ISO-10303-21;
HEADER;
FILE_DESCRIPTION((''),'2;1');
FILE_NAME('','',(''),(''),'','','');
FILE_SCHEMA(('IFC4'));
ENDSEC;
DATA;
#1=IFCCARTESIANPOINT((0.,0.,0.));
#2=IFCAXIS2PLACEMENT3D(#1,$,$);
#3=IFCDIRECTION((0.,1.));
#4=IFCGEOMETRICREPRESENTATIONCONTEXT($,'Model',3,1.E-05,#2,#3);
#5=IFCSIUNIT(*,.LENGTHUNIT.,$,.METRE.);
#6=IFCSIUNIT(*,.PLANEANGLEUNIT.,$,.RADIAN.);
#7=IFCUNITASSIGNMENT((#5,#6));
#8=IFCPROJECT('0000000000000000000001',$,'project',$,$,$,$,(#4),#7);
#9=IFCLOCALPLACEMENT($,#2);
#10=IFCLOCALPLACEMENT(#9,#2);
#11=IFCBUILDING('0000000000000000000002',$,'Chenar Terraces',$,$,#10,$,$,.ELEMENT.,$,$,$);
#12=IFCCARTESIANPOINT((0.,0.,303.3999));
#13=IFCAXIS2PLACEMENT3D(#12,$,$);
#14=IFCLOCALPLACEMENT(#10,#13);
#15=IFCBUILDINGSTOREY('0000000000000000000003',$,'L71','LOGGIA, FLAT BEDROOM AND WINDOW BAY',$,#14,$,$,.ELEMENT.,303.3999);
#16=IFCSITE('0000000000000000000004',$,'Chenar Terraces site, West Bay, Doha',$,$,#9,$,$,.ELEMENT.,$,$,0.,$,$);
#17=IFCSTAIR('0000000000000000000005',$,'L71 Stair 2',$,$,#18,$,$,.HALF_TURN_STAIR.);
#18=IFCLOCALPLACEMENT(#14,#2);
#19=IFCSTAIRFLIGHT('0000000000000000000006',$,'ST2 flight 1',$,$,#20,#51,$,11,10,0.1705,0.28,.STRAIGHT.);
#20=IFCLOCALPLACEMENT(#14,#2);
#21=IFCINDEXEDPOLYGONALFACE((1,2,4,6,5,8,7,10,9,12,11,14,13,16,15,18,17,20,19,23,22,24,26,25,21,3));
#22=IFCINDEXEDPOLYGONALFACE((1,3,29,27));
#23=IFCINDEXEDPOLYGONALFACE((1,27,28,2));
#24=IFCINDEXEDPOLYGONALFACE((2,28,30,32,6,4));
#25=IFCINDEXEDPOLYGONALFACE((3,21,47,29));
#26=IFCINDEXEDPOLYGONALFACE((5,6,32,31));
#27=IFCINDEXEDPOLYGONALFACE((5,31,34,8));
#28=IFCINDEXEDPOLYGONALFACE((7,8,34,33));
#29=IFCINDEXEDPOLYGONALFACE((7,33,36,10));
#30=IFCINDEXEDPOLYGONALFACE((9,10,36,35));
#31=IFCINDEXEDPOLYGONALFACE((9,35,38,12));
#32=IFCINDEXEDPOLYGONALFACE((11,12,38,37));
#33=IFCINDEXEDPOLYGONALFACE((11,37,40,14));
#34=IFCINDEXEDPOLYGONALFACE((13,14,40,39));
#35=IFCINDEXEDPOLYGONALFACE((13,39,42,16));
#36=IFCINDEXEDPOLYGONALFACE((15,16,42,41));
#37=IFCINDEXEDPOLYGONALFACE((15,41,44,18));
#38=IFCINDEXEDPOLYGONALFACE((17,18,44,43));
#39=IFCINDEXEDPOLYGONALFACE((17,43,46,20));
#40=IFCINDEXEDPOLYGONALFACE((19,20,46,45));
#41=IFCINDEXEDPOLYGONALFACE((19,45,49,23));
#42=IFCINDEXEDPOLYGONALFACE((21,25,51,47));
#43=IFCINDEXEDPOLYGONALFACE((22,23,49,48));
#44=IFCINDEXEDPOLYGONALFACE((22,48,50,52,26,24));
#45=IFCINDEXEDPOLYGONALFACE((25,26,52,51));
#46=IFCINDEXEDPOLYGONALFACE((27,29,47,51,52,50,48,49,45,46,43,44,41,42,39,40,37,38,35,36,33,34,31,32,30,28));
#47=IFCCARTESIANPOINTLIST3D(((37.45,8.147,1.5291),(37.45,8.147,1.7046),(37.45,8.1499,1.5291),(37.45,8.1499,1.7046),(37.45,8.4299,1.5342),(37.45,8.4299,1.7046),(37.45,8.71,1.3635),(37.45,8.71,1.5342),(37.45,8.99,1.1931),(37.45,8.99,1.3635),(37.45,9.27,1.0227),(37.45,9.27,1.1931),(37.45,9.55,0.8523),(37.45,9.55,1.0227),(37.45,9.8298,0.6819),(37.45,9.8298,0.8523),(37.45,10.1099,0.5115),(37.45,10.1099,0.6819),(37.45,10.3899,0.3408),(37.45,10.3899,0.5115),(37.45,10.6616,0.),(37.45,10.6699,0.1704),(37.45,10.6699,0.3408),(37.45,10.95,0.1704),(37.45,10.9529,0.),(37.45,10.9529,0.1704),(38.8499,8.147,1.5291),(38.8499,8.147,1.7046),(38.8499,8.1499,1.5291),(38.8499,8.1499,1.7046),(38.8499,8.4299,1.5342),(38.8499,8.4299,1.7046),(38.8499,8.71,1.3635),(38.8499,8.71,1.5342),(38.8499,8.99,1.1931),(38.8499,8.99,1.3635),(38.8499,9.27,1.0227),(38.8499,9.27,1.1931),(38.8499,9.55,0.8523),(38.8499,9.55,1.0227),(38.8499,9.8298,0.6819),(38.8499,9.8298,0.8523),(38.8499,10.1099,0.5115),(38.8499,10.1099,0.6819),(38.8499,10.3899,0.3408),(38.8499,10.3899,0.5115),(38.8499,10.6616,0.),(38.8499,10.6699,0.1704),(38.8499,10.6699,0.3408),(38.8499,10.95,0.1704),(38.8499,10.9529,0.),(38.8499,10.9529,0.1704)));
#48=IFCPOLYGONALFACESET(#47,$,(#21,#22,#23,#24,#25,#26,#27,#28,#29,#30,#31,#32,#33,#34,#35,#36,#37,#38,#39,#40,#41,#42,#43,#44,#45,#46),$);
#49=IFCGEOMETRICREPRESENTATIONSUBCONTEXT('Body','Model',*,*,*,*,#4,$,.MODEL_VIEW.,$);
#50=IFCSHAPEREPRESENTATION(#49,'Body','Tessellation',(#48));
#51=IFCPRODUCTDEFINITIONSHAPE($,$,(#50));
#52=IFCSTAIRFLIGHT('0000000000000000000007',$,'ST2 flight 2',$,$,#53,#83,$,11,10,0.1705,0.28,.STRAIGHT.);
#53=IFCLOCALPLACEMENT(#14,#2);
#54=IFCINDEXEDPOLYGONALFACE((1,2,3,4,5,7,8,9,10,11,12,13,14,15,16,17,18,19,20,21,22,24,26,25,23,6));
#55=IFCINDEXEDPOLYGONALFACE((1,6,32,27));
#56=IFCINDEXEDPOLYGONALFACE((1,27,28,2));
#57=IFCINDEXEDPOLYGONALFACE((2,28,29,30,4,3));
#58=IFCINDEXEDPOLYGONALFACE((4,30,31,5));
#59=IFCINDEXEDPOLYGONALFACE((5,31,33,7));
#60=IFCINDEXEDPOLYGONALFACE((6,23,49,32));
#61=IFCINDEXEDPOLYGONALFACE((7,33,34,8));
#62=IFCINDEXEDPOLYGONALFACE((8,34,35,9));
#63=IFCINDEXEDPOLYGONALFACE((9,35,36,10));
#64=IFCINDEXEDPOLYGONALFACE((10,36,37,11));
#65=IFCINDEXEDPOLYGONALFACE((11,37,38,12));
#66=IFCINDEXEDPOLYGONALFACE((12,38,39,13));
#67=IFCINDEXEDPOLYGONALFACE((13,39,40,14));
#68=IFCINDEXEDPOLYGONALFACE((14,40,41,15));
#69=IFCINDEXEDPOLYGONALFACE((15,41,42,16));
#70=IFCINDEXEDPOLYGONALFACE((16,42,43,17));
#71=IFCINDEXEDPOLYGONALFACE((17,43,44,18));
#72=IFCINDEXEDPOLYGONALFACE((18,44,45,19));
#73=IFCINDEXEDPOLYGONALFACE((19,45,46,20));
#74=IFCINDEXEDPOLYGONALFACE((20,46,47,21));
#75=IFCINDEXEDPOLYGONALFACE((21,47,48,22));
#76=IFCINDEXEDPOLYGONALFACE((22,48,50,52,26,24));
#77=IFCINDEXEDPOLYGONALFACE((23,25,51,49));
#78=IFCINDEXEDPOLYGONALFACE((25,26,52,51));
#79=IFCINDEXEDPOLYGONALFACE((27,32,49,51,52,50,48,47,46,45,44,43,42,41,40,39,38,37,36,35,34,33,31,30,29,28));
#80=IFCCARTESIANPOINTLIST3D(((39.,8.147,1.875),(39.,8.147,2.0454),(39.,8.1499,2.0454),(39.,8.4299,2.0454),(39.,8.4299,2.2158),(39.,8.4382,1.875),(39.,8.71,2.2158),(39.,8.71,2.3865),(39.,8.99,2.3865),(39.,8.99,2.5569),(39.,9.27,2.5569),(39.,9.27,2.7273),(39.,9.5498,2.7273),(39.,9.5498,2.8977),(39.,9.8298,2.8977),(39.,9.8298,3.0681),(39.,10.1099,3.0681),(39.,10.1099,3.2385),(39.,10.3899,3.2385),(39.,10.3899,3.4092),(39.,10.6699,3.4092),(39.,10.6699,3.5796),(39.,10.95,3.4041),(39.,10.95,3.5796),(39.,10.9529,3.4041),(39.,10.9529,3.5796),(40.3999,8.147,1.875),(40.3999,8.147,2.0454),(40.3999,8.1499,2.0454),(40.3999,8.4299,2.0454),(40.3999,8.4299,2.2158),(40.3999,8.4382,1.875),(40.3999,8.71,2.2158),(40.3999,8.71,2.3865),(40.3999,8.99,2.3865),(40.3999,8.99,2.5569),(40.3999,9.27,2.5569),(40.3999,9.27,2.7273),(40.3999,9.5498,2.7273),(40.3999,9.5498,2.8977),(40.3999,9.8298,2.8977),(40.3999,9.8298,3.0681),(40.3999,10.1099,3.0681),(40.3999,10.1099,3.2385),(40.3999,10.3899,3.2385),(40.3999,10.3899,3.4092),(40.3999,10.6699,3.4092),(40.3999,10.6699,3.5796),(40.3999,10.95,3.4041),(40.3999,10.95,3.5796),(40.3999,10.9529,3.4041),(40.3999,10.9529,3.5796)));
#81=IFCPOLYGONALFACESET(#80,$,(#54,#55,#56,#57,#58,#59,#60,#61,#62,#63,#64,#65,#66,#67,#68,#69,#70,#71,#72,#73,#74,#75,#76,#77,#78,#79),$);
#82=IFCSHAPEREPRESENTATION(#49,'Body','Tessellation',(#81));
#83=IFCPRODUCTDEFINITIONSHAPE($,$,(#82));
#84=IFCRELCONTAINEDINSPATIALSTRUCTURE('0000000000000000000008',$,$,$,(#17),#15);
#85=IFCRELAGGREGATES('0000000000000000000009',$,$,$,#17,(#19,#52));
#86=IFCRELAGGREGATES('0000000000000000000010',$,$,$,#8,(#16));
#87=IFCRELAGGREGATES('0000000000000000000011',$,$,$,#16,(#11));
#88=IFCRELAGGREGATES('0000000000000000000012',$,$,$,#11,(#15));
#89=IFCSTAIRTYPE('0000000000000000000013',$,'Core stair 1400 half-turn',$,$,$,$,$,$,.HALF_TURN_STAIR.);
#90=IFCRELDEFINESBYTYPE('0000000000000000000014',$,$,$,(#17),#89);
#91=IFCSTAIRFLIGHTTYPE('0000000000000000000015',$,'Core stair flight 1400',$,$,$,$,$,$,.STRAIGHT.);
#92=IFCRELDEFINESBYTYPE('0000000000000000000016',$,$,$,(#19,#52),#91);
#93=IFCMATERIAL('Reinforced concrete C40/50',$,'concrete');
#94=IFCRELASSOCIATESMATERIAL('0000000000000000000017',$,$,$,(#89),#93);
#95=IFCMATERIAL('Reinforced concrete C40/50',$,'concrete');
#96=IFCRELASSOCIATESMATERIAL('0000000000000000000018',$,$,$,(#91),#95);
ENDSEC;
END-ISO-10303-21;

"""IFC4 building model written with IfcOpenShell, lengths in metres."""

from ifc_helpers import new_model, si_unit, direction, frame, origin, place, context, subcontext, project, spatial, polyline, outline, extrude, material, type_object, element, aggregate, save


model = new_model("IFC4")

# Units and contexts
model_context = context("Model", 3, precision=1e-05, world=origin(), true_north=direction((0.0, 1.0)))
body_context = subcontext(model_context, "Body", "Model", "MODEL_VIEW")
ifc_project = project(units=[si_unit("LENGTHUNIT", "METRE"), si_unit("PLANEANGLEUNIT", "RADIAN")], contexts=[model_context])

# Site, building, storey
site_placement = place(None, origin())
site = spatial("IfcSite", under=ifc_project, at=site_placement, Name="Chenar Terraces site, West Bay, Doha", CompositionType="ELEMENT", RefElevation=0.0)
building_placement = place(site_placement, origin())
building = spatial("IfcBuilding", under=site, at=building_placement, Name="Chenar Terraces", CompositionType="ELEMENT")
storey_placement = place(building_placement, frame((0.0, 0.0, 303.3999)))
storey = spatial("IfcBuildingStorey", under=building, at=storey_placement, Name="L71", Description="LOGGIA, FLAT BEDROOM AND WINDOW BAY", CompositionType="ELEMENT", Elevation=303.3999)

# Stair, stair flights
ifc_material_1 = material(Name="Reinforced concrete C40/50", Category="concrete")
stair_type = type_object("IfcStairType", Name="Core stair 1400 half-turn", PredefinedType="HALF_TURN_STAIR", material=ifc_material_1)
stair_placement = place(storey_placement, origin())
stair = element("IfcStair", 1, at=stair_placement, inside=storey, type_object=stair_type, Name="L71 Stair 2", PredefinedType="HALF_TURN_STAIR")
ifc_material_2 = material(Name="Reinforced concrete C40/50", Category="concrete")
stair_flight_type = type_object("IfcStairFlightType", Name="Core stair flight 1400", PredefinedType="STRAIGHT", material=ifc_material_2)
stair_flight_1_placement = place(storey_placement, frame((38.1499, 10.95, 0.0), z_axis=(0.0, 0.0, 1.0), x_axis=(0.0, -1.0, 0.0)))
stair_flight_1 = element("IfcStairFlight", 2, at=stair_flight_1_placement, type_object=stair_flight_type, Name="ST2 flight 1", NumberOfRisers=11, NumberOfTreads=10, PredefinedType="STRAIGHT", RiserHeight=0.1705, TreadLength=0.28, context=body_context, shape_type="SweptSolid", body=[
    extrude(outline(polyline([(-0.0029, 0.0), (-0.0029, 0.1704), (0.0, 0.1704), (0.28, 0.1704), (0.28, 0.3408), (0.5601, 0.3408), (0.5601, 0.5115), (0.8401, 0.5115), (0.8401, 0.6819), (1.1201, 0.6819), (1.1201, 0.8523), (1.3999, 0.8523), (1.3999, 1.0227), (1.6799, 1.0227), (1.6799, 1.1931), (1.96, 1.1931), (1.96, 1.3635), (2.24, 1.3635), (2.24, 1.5342), (2.52, 1.5342), (2.52, 1.7046), (2.8, 1.7046), (2.803, 1.7046), (2.803, 1.5291), (2.8, 1.5291), (0.2883, 0.0), (-0.0029, 0.0)])), frame((0.0, 0.7, 0.0), z_axis=(0.0, -1.0, 0.0), x_axis=(1.0, 0.0, 0.0)), (0.0, 0.0, 1.0), 1.3999),
])
stair_flight_2_placement = place(storey_placement, frame((39.7, 8.1499, 1.875), z_axis=(0.0, 0.0, 1.0), x_axis=(0.0, 1.0, 0.0)))
stair_flight_2 = element("IfcStairFlight", 3, at=stair_flight_2_placement, type_object=stair_flight_type, Name="ST2 flight 2", NumberOfRisers=11, NumberOfTreads=10, PredefinedType="STRAIGHT", RiserHeight=0.1705, TreadLength=0.28, context=body_context, shape_type="SweptSolid", body=[
    extrude(outline(polyline([(-0.0029, 0.0), (-0.0029, 0.1704), (0.0, 0.1704), (0.28, 0.1704), (0.28, 0.3408), (0.5601, 0.3408), (0.5601, 0.5115), (0.8401, 0.5115), (0.8401, 0.6819), (1.1201, 0.6819), (1.1201, 0.8523), (1.3999, 0.8523), (1.3999, 1.0227), (1.6799, 1.0227), (1.6799, 1.1931), (1.96, 1.1931), (1.96, 1.3635), (2.24, 1.3635), (2.24, 1.5342), (2.52, 1.5342), (2.52, 1.7046), (2.8, 1.7046), (2.803, 1.7046), (2.803, 1.5291), (2.8, 1.5291), (0.2883, 0.0), (-0.0029, 0.0)])), frame((0.0, 0.7, 0.0), z_axis=(0.0, -1.0, 0.0), x_axis=(1.0, 0.0, 0.0)), (0.0, 0.0, 1.0), 1.3999),
])
aggregate(stair, [stair_flight_1, stair_flight_2])

save(model, "model.ifc")
